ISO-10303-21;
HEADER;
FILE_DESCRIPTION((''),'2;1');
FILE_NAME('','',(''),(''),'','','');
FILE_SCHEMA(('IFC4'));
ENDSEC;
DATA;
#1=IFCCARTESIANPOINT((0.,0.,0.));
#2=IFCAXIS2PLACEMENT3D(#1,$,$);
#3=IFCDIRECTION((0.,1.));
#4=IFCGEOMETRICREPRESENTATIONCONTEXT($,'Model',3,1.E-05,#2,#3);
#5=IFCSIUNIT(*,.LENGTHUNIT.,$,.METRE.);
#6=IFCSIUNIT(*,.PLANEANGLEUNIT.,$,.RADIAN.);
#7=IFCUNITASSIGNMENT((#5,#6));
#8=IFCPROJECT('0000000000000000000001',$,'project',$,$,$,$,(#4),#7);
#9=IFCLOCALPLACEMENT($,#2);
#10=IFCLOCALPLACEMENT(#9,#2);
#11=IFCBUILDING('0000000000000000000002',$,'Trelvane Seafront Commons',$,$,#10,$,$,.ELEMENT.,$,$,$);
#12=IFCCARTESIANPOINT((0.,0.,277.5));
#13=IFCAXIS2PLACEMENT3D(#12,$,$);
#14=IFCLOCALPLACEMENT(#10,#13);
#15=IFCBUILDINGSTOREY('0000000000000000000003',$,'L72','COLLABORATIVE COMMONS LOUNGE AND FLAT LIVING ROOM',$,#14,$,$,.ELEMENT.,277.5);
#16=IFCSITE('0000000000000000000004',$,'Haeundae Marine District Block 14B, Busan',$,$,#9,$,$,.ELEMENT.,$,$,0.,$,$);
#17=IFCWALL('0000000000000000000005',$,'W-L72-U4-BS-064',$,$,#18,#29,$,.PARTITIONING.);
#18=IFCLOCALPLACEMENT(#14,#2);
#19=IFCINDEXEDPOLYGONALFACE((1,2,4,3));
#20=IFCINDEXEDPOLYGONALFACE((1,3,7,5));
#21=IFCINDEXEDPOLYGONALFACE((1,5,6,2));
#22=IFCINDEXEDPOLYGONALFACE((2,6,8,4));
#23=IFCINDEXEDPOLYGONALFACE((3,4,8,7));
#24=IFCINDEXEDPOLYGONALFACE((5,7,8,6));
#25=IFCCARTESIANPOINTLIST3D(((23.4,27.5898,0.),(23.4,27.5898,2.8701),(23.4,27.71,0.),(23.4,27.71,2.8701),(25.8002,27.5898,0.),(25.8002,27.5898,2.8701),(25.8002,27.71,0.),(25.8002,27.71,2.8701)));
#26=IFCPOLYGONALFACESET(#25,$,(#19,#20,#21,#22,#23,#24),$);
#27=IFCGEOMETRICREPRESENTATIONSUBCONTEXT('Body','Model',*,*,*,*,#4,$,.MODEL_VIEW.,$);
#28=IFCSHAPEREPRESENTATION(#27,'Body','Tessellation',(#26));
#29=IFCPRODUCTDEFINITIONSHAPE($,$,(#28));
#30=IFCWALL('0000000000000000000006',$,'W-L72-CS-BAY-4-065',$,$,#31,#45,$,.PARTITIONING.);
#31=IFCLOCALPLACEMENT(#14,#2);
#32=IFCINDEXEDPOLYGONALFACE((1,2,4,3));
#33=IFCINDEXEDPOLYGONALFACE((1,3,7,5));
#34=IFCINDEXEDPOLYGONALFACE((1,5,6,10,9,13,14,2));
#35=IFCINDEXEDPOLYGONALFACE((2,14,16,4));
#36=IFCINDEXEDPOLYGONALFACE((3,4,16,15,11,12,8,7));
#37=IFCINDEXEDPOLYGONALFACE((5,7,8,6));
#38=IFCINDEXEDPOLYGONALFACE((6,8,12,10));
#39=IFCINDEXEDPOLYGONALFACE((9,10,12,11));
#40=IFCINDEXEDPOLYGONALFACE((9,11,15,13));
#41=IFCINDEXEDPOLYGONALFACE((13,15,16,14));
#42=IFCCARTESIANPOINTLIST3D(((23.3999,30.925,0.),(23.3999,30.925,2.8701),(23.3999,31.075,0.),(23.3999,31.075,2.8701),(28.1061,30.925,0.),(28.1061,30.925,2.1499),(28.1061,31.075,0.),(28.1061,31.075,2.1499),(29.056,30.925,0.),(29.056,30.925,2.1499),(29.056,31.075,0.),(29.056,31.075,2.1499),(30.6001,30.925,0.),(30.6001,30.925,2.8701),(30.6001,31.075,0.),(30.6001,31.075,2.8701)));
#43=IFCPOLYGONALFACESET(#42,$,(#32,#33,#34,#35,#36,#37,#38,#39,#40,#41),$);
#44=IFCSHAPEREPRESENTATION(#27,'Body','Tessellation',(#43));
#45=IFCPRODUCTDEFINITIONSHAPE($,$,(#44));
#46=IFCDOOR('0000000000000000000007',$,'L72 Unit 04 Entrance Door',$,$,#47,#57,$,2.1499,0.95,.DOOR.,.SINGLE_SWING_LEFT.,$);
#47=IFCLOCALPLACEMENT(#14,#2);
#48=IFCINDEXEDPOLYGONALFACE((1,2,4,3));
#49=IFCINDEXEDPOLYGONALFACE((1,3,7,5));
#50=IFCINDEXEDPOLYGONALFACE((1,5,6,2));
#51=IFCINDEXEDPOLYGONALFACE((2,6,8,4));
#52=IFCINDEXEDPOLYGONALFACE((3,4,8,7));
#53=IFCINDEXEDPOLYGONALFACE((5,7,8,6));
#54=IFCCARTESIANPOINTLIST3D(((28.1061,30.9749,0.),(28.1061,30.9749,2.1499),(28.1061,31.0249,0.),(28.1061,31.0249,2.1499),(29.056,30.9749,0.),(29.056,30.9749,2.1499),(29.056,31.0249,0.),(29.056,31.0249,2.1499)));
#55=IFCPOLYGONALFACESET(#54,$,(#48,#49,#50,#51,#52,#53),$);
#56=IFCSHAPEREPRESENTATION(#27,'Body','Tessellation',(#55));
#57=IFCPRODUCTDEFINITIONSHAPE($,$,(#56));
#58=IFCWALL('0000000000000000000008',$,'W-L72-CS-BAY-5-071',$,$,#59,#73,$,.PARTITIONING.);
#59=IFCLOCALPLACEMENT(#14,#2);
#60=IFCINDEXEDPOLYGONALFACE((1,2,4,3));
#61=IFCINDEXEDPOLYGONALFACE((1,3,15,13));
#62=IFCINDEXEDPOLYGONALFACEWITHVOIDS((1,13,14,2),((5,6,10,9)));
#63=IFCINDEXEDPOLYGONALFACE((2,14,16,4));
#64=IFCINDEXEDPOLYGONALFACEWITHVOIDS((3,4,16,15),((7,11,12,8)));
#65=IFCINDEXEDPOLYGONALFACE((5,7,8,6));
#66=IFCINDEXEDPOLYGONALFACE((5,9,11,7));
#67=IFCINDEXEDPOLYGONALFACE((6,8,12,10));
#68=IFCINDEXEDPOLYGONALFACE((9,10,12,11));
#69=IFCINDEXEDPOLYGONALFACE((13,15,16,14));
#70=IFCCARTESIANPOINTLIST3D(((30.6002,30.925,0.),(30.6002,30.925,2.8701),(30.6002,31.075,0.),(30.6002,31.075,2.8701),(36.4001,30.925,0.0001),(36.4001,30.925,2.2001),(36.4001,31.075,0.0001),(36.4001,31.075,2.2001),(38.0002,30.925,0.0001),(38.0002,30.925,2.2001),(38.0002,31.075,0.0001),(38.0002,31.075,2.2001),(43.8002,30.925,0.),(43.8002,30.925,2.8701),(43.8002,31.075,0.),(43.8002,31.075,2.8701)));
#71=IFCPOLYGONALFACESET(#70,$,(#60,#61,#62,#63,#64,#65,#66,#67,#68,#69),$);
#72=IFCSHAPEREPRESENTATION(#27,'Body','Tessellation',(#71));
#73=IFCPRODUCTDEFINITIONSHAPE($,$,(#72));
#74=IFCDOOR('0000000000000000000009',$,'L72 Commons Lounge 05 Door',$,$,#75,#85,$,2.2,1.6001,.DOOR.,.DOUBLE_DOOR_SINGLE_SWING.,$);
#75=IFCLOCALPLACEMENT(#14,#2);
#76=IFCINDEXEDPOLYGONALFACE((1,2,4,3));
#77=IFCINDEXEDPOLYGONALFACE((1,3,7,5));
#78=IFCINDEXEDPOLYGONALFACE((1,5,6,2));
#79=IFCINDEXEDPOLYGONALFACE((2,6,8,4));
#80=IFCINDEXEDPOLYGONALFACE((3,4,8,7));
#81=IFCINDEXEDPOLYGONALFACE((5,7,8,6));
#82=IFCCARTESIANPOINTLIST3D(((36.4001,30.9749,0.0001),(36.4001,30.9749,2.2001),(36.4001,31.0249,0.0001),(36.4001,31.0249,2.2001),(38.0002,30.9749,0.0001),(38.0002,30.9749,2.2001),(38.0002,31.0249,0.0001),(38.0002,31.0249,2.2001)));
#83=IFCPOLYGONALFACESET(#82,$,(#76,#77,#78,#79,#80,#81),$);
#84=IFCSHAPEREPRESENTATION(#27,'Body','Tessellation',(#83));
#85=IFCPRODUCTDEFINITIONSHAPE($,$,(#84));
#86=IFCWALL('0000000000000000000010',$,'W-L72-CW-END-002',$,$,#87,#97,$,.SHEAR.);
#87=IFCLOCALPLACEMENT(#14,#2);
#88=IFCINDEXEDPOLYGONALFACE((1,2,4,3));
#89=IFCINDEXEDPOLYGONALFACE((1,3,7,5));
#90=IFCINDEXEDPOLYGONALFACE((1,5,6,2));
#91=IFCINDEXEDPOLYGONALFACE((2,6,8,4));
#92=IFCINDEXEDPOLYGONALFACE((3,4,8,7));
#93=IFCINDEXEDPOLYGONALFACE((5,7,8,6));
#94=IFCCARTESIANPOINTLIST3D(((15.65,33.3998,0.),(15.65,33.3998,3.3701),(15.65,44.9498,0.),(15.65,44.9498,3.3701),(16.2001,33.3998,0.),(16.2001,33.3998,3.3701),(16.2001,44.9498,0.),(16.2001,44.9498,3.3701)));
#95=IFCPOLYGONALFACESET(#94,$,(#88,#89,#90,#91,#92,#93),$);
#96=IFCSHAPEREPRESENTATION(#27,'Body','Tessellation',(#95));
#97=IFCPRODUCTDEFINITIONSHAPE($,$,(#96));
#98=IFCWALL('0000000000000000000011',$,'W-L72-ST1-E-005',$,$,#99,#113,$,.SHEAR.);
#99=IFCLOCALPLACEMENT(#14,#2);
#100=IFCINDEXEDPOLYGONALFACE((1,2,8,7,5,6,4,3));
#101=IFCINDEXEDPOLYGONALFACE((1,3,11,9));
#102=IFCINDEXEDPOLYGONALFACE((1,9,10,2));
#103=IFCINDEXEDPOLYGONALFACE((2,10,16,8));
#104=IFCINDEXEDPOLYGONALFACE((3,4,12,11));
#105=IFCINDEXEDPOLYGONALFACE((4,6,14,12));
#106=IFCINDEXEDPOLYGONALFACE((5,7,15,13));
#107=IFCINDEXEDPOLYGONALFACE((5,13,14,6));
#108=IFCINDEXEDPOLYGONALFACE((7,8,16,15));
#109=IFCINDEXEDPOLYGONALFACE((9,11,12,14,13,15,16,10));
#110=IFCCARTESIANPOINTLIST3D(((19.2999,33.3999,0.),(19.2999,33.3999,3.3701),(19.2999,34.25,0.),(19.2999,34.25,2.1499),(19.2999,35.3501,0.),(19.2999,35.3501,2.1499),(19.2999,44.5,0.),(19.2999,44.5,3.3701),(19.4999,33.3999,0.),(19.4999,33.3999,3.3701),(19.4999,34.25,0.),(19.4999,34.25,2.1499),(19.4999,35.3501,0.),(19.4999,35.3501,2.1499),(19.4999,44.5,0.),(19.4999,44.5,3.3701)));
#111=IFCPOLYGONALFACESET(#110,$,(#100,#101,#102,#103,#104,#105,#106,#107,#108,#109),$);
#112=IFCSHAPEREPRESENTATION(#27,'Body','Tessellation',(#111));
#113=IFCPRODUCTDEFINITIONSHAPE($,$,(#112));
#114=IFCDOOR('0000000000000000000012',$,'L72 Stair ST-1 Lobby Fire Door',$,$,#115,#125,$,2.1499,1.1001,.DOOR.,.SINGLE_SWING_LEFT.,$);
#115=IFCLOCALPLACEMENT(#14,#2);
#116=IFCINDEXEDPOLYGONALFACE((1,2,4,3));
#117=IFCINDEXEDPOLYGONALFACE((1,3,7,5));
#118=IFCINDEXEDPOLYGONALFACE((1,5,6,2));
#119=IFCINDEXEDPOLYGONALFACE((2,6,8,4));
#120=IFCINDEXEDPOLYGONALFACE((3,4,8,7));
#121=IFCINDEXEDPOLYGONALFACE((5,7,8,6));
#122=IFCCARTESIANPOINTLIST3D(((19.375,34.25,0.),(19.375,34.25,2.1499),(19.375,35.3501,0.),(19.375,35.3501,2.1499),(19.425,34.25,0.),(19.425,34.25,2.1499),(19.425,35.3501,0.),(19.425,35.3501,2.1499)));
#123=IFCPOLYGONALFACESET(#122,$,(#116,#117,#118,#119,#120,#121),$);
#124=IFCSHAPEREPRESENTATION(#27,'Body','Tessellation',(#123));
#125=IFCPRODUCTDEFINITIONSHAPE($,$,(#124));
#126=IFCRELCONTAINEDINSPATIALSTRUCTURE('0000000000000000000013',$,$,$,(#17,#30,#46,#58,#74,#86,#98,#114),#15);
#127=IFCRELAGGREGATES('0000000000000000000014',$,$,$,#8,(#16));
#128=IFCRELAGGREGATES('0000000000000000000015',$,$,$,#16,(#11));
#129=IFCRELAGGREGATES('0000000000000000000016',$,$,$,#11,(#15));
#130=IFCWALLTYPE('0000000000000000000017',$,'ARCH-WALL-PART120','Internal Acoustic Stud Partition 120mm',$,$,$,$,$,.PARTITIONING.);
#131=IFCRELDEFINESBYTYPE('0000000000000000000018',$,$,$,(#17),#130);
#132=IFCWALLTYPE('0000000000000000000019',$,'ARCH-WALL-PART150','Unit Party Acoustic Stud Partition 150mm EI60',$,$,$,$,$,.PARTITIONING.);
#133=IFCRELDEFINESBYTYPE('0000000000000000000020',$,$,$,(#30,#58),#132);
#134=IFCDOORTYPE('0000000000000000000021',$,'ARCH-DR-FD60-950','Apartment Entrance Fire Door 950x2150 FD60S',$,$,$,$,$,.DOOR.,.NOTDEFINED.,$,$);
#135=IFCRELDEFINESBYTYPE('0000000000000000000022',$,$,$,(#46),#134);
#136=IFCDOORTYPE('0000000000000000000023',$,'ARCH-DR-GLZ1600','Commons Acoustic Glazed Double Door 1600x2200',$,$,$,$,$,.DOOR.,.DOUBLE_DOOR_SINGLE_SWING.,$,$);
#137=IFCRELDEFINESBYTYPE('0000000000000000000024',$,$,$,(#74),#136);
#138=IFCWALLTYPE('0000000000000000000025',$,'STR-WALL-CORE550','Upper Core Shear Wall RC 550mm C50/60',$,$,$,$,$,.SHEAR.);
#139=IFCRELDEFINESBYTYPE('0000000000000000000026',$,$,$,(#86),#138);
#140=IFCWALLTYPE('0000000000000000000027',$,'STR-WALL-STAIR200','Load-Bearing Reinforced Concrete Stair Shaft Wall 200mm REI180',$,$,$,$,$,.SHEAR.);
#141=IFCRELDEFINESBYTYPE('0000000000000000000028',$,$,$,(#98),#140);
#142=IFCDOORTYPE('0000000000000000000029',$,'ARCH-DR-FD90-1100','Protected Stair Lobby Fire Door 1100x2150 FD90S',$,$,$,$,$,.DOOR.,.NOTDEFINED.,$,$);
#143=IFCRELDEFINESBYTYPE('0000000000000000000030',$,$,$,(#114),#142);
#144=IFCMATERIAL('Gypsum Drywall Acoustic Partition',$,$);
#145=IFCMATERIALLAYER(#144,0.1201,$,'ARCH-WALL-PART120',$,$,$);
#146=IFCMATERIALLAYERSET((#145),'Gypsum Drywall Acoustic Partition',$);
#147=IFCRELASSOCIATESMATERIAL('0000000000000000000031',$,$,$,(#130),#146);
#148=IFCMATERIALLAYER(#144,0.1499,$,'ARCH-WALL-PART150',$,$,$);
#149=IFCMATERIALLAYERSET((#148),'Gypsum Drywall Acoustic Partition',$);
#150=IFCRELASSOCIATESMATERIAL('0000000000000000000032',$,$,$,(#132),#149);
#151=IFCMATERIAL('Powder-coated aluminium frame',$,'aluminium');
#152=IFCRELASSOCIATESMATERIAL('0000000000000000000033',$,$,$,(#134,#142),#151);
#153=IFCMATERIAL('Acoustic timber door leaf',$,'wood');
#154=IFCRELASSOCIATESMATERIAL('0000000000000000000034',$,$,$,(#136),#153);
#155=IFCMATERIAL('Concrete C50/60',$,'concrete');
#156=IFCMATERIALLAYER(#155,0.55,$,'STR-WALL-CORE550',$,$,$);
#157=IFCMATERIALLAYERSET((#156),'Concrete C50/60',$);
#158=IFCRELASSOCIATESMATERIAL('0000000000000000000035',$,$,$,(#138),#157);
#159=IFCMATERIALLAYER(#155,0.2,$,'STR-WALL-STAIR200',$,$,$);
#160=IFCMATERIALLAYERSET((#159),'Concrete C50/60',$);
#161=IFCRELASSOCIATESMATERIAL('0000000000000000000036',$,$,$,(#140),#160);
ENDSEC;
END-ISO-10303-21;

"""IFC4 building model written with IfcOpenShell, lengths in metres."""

from ifc_helpers import new_model, si_unit, direction, frame, frame_2d, origin, place, context, subcontext, project, spatial, rectangle, extrude, source, transform, mapped, material, layer, layer_set, type_object, element, fill, save


model = new_model("IFC4")

# Units and contexts
model_context = context("Model", 3, precision=1e-05, world=origin(), true_north=direction((0.0, 1.0)))
body_context = subcontext(model_context, "Body", "Model", "MODEL_VIEW")
ifc_project = project(units=[si_unit("LENGTHUNIT", "METRE"), si_unit("PLANEANGLEUNIT", "RADIAN")], contexts=[model_context])

# Site, building, storey
site_placement = place(None, origin())
site = spatial("IfcSite", under=ifc_project, at=site_placement, Name="Haeundae Marine District Block 14B, Busan", CompositionType="ELEMENT", RefElevation=0.0)
building_placement = place(site_placement, origin())
building = spatial("IfcBuilding", under=site, at=building_placement, Name="Trelvane Seafront Commons", CompositionType="ELEMENT")
storey_placement = place(building_placement, frame((0.0, 0.0, 277.5)))
storey = spatial("IfcBuildingStorey", under=building, at=storey_placement, Name="L72", Description="COLLABORATIVE COMMONS LOUNGE AND FLAT LIVING ROOM", CompositionType="ELEMENT", Elevation=277.5)

# Shared definitions
ifc_material_1 = material(Name="Concrete C50/60", Category="concrete")

# Shared definitions
ifc_material_2 = material(Name="Powder-coated aluminium frame", Category="aluminium")
shared_shape_1 = source(origin(), body_context, "Body", "SweptSolid", [
    extrude(rectangle(XDim=1.6001, YDim=2.2, at=frame_2d((0.8, 1.1001))), frame((0.0, 0.0249, 0.0), z_axis=(0.0, -1.0, 0.0), x_axis=(1.0, 0.0, 0.0)), (0.0, 0.0, 1.0), 0.05),
])
ifc_material_3 = material(Name="Gypsum Drywall Acoustic Partition")
ifc_layer_1 = layer(ifc_material_3, 0.1201, Name="ARCH-WALL-PART120")
ifc_layer_set_1 = layer_set([ifc_layer_1], Name="Gypsum Drywall Acoustic Partition")
wall_type_1 = type_object("IfcWallType", Name="ARCH-WALL-PART120", Description="Internal Acoustic Stud Partition 120mm", PredefinedType="PARTITIONING", material=ifc_layer_set_1)
ifc_material_4 = material(Name="Acoustic timber door leaf", Category="wood")
shared_shape_2 = source(origin(), body_context, "Body", "SweptSolid", [
    extrude(rectangle(XDim=0.95, YDim=2.1499, at=frame_2d((0.4751, 1.075))), frame((0.0, 0.0249, 0.0), z_axis=(0.0, -1.0, 0.0), x_axis=(1.0, 0.0, 0.0)), (0.0, 0.0, 1.0), 0.05),
])

# Wall
wall_1_placement = place(storey_placement, frame((23.3999, 27.6499, 0.0), z_axis=(0.0, 0.0, 1.0), x_axis=(1.0, 0.0, 0.0)))
element("IfcWall", 1, at=wall_1_placement, inside=storey, type_object=wall_type_1, Name="W-L72-U4-BS-064", PredefinedType="PARTITIONING", context=body_context, shape_type="SweptSolid", body=[
    extrude(rectangle(XDim=2.4001, YDim=0.1201, at=frame_2d((1.2002, 0.0))), origin(), (0.0, 0.0, 1.0), 2.8701),
])

# Walls, openings, doors
ifc_layer_2 = layer(ifc_material_3, 0.1499, Name="ARCH-WALL-PART150")
ifc_layer_set_2 = layer_set([ifc_layer_2], Name="Gypsum Drywall Acoustic Partition")
wall_type_2 = type_object("IfcWallType", Name="ARCH-WALL-PART150", Description="Unit Party Acoustic Stud Partition 150mm EI60", PredefinedType="PARTITIONING", material=ifc_layer_set_2)
door_type_1 = type_object("IfcDoorType", Name="ARCH-DR-FD60-950", Description="Apartment Entrance Fire Door 950x2150 FD60S", OperationType="NOTDEFINED", PredefinedType="DOOR", material=ifc_material_2)
wall_2_placement = place(storey_placement, frame((23.3999, 31.0, 0.0), z_axis=(0.0, 0.0, 1.0), x_axis=(1.0, 0.0, 0.0)))
wall_2 = element("IfcWall", 2, at=wall_2_placement, inside=storey, type_object=wall_type_2, Name="W-L72-CS-BAY-4-065", PredefinedType="PARTITIONING", context=body_context, shape_type="SweptSolid", body=[
    extrude(rectangle(XDim=7.2002, YDim=0.1499, at=frame_2d((3.6001, 0.0))), origin(), (0.0, 0.0, 1.0), 2.8701),
])
opening_1_placement = place(wall_2_placement, frame((4.7061, 0.0, 0.0)))
opening_1 = element("IfcOpeningElement", 3, at=opening_1_placement, cuts=wall_2, PredefinedType="OPENING", context=body_context, shape_type="SweptSolid", body=[
    extrude(rectangle(XDim=0.95, YDim=2.1499, at=frame_2d((0.4751, 1.075))), frame((0.0, 0.085, 0.0), z_axis=(0.0, -1.0, 0.0), x_axis=(1.0, 0.0, 0.0)), (0.0, 0.0, 1.0), 0.1699),
])
door_1_placement = place(opening_1_placement, origin())
door_1 = element("IfcDoor", 4, at=door_1_placement, inside=storey, type_object=door_type_1, Name="L72 Unit 04 Entrance Door", OperationType="SINGLE_SWING_LEFT", OverallHeight=2.1499, OverallWidth=0.95, PredefinedType="DOOR", context=body_context, shape_type="MappedRepresentation", body=[
    mapped(shared_shape_2, transform((0.0, 0.0, 0.0), x_axis=(1.0, 0.0, 0.0), y_axis=(0.0, 1.0, 0.0), z_axis=(0.0, 0.0, 1.0), scale=1.0)),
])
fill(opening_1, door_1)
wall_3_placement = place(storey_placement, frame((30.6001, 31.0, 0.0), z_axis=(0.0, 0.0, 1.0), x_axis=(1.0, 0.0, 0.0)))
wall_3 = element("IfcWall", 5, at=wall_3_placement, inside=storey, type_object=wall_type_2, Name="W-L72-CS-BAY-5-071", PredefinedType="PARTITIONING", context=body_context, shape_type="SweptSolid", body=[
    extrude(rectangle(XDim=13.2, YDim=0.1499, at=frame_2d((6.6001, 0.0))), origin(), (0.0, 0.0, 1.0), 2.8701),
])
opening_2_placement = place(wall_3_placement, frame((5.8, 0.0, 0.0)))
opening_2 = element("IfcOpeningElement", 6, at=opening_2_placement, cuts=wall_3, PredefinedType="OPENING", context=body_context, shape_type="SweptSolid", body=[
    extrude(rectangle(XDim=1.6001, YDim=2.2, at=frame_2d((0.8, 1.1001))), frame((0.0, 0.085, 0.0), z_axis=(0.0, -1.0, 0.0), x_axis=(1.0, 0.0, 0.0)), (0.0, 0.0, 1.0), 0.1699),
])
door_type_2 = type_object("IfcDoorType", Name="ARCH-DR-GLZ1600", Description="Commons Acoustic Glazed Double Door 1600x2200", OperationType="DOUBLE_DOOR_SINGLE_SWING", PredefinedType="DOOR", material=ifc_material_4)
door_2_placement = place(opening_2_placement, origin())
door_2 = element("IfcDoor", 7, at=door_2_placement, inside=storey, type_object=door_type_2, Name="L72 Commons Lounge 05 Door", OperationType="DOUBLE_DOOR_SINGLE_SWING", OverallHeight=2.2, OverallWidth=1.6001, PredefinedType="DOOR", context=body_context, shape_type="MappedRepresentation", body=[
    mapped(shared_shape_1, transform((0.0, 0.0, 0.0), x_axis=(1.0, 0.0, 0.0), y_axis=(0.0, 1.0, 0.0), z_axis=(0.0, 0.0, 1.0), scale=1.0)),
])
fill(opening_2, door_2)

# Wall
ifc_layer_3 = layer(ifc_material_1, 0.55, Name="STR-WALL-CORE550")
ifc_layer_set_3 = layer_set([ifc_layer_3], Name="Concrete C50/60")
wall_type_3 = type_object("IfcWallType", Name="STR-WALL-CORE550", Description="Upper Core Shear Wall RC 550mm C50/60", PredefinedType="SHEAR", material=ifc_layer_set_3)
wall_4_placement = place(storey_placement, frame((15.925, 33.3999, 0.0), z_axis=(0.0, 0.0, 1.0), x_axis=(0.0, 1.0, 0.0)))
element("IfcWall", 8, at=wall_4_placement, inside=storey, type_object=wall_type_3, Name="W-L72-CW-END-002", PredefinedType="SHEAR", context=body_context, shape_type="SweptSolid", body=[
    extrude(rectangle(XDim=11.55, YDim=0.55, at=frame_2d((5.7749, 0.0))), origin(), (0.0, 0.0, 1.0), 3.3701),
])

# Wall, opening, door
ifc_layer_4 = layer(ifc_material_1, 0.2, Name="STR-WALL-STAIR200")
ifc_layer_set_4 = layer_set([ifc_layer_4], Name="Concrete C50/60")
wall_type_4 = type_object("IfcWallType", Name="STR-WALL-STAIR200", Description="Load-Bearing Reinforced Concrete Stair Shaft Wall 200mm REI180", PredefinedType="SHEAR", material=ifc_layer_set_4)
wall_5_placement = place(storey_placement, frame((19.3999, 33.3999, 0.0), z_axis=(0.0, 0.0, 1.0), x_axis=(0.0, 1.0, 0.0)))
wall_5 = element("IfcWall", 9, at=wall_5_placement, inside=storey, type_object=wall_type_4, Name="W-L72-ST1-E-005", PredefinedType="SHEAR", context=body_context, shape_type="SweptSolid", body=[
    extrude(rectangle(XDim=11.1001, YDim=0.2, at=frame_2d((5.55, 0.0))), origin(), (0.0, 0.0, 1.0), 3.3701),
])
opening_3_placement = place(wall_5_placement, frame((0.8501, 0.0, 0.0)))
opening_3 = element("IfcOpeningElement", 10, at=opening_3_placement, cuts=wall_5, PredefinedType="OPENING", context=body_context, shape_type="SweptSolid", body=[
    extrude(rectangle(XDim=1.1001, YDim=2.1499, at=frame_2d((0.55, 1.075))), frame((0.0, 0.1099, 0.0), z_axis=(0.0, -1.0, 0.0), x_axis=(1.0, 0.0, 0.0)), (0.0, 0.0, 1.0), 0.22),
])
door_type_3 = type_object("IfcDoorType", Name="ARCH-DR-FD90-1100", Description="Protected Stair Lobby Fire Door 1100x2150 FD90S", OperationType="NOTDEFINED", PredefinedType="DOOR", material=ifc_material_2)
shared_shape_3 = source(origin(), body_context, "Body", "SweptSolid", [
    extrude(rectangle(XDim=1.1001, YDim=2.1499, at=frame_2d((0.55, 1.075))), frame((0.0, 0.0249, 0.0), z_axis=(0.0, -1.0, 0.0), x_axis=(1.0, 0.0, 0.0)), (0.0, 0.0, 1.0), 0.05),
])
door_3_placement = place(opening_3_placement, origin())
door_3 = element("IfcDoor", 11, at=door_3_placement, inside=storey, type_object=door_type_3, Name="L72 Stair ST-1 Lobby Fire Door", OperationType="SINGLE_SWING_LEFT", OverallHeight=2.1499, OverallWidth=1.1001, PredefinedType="DOOR", context=body_context, shape_type="MappedRepresentation", body=[
    mapped(shared_shape_3, transform((0.0, 0.0, 0.0), x_axis=(1.0, 0.0, 0.0), y_axis=(0.0, 1.0, 0.0), z_axis=(0.0, 0.0, 1.0), scale=1.0)),
])
fill(opening_3, door_3)

save(model, "model.ifc")
